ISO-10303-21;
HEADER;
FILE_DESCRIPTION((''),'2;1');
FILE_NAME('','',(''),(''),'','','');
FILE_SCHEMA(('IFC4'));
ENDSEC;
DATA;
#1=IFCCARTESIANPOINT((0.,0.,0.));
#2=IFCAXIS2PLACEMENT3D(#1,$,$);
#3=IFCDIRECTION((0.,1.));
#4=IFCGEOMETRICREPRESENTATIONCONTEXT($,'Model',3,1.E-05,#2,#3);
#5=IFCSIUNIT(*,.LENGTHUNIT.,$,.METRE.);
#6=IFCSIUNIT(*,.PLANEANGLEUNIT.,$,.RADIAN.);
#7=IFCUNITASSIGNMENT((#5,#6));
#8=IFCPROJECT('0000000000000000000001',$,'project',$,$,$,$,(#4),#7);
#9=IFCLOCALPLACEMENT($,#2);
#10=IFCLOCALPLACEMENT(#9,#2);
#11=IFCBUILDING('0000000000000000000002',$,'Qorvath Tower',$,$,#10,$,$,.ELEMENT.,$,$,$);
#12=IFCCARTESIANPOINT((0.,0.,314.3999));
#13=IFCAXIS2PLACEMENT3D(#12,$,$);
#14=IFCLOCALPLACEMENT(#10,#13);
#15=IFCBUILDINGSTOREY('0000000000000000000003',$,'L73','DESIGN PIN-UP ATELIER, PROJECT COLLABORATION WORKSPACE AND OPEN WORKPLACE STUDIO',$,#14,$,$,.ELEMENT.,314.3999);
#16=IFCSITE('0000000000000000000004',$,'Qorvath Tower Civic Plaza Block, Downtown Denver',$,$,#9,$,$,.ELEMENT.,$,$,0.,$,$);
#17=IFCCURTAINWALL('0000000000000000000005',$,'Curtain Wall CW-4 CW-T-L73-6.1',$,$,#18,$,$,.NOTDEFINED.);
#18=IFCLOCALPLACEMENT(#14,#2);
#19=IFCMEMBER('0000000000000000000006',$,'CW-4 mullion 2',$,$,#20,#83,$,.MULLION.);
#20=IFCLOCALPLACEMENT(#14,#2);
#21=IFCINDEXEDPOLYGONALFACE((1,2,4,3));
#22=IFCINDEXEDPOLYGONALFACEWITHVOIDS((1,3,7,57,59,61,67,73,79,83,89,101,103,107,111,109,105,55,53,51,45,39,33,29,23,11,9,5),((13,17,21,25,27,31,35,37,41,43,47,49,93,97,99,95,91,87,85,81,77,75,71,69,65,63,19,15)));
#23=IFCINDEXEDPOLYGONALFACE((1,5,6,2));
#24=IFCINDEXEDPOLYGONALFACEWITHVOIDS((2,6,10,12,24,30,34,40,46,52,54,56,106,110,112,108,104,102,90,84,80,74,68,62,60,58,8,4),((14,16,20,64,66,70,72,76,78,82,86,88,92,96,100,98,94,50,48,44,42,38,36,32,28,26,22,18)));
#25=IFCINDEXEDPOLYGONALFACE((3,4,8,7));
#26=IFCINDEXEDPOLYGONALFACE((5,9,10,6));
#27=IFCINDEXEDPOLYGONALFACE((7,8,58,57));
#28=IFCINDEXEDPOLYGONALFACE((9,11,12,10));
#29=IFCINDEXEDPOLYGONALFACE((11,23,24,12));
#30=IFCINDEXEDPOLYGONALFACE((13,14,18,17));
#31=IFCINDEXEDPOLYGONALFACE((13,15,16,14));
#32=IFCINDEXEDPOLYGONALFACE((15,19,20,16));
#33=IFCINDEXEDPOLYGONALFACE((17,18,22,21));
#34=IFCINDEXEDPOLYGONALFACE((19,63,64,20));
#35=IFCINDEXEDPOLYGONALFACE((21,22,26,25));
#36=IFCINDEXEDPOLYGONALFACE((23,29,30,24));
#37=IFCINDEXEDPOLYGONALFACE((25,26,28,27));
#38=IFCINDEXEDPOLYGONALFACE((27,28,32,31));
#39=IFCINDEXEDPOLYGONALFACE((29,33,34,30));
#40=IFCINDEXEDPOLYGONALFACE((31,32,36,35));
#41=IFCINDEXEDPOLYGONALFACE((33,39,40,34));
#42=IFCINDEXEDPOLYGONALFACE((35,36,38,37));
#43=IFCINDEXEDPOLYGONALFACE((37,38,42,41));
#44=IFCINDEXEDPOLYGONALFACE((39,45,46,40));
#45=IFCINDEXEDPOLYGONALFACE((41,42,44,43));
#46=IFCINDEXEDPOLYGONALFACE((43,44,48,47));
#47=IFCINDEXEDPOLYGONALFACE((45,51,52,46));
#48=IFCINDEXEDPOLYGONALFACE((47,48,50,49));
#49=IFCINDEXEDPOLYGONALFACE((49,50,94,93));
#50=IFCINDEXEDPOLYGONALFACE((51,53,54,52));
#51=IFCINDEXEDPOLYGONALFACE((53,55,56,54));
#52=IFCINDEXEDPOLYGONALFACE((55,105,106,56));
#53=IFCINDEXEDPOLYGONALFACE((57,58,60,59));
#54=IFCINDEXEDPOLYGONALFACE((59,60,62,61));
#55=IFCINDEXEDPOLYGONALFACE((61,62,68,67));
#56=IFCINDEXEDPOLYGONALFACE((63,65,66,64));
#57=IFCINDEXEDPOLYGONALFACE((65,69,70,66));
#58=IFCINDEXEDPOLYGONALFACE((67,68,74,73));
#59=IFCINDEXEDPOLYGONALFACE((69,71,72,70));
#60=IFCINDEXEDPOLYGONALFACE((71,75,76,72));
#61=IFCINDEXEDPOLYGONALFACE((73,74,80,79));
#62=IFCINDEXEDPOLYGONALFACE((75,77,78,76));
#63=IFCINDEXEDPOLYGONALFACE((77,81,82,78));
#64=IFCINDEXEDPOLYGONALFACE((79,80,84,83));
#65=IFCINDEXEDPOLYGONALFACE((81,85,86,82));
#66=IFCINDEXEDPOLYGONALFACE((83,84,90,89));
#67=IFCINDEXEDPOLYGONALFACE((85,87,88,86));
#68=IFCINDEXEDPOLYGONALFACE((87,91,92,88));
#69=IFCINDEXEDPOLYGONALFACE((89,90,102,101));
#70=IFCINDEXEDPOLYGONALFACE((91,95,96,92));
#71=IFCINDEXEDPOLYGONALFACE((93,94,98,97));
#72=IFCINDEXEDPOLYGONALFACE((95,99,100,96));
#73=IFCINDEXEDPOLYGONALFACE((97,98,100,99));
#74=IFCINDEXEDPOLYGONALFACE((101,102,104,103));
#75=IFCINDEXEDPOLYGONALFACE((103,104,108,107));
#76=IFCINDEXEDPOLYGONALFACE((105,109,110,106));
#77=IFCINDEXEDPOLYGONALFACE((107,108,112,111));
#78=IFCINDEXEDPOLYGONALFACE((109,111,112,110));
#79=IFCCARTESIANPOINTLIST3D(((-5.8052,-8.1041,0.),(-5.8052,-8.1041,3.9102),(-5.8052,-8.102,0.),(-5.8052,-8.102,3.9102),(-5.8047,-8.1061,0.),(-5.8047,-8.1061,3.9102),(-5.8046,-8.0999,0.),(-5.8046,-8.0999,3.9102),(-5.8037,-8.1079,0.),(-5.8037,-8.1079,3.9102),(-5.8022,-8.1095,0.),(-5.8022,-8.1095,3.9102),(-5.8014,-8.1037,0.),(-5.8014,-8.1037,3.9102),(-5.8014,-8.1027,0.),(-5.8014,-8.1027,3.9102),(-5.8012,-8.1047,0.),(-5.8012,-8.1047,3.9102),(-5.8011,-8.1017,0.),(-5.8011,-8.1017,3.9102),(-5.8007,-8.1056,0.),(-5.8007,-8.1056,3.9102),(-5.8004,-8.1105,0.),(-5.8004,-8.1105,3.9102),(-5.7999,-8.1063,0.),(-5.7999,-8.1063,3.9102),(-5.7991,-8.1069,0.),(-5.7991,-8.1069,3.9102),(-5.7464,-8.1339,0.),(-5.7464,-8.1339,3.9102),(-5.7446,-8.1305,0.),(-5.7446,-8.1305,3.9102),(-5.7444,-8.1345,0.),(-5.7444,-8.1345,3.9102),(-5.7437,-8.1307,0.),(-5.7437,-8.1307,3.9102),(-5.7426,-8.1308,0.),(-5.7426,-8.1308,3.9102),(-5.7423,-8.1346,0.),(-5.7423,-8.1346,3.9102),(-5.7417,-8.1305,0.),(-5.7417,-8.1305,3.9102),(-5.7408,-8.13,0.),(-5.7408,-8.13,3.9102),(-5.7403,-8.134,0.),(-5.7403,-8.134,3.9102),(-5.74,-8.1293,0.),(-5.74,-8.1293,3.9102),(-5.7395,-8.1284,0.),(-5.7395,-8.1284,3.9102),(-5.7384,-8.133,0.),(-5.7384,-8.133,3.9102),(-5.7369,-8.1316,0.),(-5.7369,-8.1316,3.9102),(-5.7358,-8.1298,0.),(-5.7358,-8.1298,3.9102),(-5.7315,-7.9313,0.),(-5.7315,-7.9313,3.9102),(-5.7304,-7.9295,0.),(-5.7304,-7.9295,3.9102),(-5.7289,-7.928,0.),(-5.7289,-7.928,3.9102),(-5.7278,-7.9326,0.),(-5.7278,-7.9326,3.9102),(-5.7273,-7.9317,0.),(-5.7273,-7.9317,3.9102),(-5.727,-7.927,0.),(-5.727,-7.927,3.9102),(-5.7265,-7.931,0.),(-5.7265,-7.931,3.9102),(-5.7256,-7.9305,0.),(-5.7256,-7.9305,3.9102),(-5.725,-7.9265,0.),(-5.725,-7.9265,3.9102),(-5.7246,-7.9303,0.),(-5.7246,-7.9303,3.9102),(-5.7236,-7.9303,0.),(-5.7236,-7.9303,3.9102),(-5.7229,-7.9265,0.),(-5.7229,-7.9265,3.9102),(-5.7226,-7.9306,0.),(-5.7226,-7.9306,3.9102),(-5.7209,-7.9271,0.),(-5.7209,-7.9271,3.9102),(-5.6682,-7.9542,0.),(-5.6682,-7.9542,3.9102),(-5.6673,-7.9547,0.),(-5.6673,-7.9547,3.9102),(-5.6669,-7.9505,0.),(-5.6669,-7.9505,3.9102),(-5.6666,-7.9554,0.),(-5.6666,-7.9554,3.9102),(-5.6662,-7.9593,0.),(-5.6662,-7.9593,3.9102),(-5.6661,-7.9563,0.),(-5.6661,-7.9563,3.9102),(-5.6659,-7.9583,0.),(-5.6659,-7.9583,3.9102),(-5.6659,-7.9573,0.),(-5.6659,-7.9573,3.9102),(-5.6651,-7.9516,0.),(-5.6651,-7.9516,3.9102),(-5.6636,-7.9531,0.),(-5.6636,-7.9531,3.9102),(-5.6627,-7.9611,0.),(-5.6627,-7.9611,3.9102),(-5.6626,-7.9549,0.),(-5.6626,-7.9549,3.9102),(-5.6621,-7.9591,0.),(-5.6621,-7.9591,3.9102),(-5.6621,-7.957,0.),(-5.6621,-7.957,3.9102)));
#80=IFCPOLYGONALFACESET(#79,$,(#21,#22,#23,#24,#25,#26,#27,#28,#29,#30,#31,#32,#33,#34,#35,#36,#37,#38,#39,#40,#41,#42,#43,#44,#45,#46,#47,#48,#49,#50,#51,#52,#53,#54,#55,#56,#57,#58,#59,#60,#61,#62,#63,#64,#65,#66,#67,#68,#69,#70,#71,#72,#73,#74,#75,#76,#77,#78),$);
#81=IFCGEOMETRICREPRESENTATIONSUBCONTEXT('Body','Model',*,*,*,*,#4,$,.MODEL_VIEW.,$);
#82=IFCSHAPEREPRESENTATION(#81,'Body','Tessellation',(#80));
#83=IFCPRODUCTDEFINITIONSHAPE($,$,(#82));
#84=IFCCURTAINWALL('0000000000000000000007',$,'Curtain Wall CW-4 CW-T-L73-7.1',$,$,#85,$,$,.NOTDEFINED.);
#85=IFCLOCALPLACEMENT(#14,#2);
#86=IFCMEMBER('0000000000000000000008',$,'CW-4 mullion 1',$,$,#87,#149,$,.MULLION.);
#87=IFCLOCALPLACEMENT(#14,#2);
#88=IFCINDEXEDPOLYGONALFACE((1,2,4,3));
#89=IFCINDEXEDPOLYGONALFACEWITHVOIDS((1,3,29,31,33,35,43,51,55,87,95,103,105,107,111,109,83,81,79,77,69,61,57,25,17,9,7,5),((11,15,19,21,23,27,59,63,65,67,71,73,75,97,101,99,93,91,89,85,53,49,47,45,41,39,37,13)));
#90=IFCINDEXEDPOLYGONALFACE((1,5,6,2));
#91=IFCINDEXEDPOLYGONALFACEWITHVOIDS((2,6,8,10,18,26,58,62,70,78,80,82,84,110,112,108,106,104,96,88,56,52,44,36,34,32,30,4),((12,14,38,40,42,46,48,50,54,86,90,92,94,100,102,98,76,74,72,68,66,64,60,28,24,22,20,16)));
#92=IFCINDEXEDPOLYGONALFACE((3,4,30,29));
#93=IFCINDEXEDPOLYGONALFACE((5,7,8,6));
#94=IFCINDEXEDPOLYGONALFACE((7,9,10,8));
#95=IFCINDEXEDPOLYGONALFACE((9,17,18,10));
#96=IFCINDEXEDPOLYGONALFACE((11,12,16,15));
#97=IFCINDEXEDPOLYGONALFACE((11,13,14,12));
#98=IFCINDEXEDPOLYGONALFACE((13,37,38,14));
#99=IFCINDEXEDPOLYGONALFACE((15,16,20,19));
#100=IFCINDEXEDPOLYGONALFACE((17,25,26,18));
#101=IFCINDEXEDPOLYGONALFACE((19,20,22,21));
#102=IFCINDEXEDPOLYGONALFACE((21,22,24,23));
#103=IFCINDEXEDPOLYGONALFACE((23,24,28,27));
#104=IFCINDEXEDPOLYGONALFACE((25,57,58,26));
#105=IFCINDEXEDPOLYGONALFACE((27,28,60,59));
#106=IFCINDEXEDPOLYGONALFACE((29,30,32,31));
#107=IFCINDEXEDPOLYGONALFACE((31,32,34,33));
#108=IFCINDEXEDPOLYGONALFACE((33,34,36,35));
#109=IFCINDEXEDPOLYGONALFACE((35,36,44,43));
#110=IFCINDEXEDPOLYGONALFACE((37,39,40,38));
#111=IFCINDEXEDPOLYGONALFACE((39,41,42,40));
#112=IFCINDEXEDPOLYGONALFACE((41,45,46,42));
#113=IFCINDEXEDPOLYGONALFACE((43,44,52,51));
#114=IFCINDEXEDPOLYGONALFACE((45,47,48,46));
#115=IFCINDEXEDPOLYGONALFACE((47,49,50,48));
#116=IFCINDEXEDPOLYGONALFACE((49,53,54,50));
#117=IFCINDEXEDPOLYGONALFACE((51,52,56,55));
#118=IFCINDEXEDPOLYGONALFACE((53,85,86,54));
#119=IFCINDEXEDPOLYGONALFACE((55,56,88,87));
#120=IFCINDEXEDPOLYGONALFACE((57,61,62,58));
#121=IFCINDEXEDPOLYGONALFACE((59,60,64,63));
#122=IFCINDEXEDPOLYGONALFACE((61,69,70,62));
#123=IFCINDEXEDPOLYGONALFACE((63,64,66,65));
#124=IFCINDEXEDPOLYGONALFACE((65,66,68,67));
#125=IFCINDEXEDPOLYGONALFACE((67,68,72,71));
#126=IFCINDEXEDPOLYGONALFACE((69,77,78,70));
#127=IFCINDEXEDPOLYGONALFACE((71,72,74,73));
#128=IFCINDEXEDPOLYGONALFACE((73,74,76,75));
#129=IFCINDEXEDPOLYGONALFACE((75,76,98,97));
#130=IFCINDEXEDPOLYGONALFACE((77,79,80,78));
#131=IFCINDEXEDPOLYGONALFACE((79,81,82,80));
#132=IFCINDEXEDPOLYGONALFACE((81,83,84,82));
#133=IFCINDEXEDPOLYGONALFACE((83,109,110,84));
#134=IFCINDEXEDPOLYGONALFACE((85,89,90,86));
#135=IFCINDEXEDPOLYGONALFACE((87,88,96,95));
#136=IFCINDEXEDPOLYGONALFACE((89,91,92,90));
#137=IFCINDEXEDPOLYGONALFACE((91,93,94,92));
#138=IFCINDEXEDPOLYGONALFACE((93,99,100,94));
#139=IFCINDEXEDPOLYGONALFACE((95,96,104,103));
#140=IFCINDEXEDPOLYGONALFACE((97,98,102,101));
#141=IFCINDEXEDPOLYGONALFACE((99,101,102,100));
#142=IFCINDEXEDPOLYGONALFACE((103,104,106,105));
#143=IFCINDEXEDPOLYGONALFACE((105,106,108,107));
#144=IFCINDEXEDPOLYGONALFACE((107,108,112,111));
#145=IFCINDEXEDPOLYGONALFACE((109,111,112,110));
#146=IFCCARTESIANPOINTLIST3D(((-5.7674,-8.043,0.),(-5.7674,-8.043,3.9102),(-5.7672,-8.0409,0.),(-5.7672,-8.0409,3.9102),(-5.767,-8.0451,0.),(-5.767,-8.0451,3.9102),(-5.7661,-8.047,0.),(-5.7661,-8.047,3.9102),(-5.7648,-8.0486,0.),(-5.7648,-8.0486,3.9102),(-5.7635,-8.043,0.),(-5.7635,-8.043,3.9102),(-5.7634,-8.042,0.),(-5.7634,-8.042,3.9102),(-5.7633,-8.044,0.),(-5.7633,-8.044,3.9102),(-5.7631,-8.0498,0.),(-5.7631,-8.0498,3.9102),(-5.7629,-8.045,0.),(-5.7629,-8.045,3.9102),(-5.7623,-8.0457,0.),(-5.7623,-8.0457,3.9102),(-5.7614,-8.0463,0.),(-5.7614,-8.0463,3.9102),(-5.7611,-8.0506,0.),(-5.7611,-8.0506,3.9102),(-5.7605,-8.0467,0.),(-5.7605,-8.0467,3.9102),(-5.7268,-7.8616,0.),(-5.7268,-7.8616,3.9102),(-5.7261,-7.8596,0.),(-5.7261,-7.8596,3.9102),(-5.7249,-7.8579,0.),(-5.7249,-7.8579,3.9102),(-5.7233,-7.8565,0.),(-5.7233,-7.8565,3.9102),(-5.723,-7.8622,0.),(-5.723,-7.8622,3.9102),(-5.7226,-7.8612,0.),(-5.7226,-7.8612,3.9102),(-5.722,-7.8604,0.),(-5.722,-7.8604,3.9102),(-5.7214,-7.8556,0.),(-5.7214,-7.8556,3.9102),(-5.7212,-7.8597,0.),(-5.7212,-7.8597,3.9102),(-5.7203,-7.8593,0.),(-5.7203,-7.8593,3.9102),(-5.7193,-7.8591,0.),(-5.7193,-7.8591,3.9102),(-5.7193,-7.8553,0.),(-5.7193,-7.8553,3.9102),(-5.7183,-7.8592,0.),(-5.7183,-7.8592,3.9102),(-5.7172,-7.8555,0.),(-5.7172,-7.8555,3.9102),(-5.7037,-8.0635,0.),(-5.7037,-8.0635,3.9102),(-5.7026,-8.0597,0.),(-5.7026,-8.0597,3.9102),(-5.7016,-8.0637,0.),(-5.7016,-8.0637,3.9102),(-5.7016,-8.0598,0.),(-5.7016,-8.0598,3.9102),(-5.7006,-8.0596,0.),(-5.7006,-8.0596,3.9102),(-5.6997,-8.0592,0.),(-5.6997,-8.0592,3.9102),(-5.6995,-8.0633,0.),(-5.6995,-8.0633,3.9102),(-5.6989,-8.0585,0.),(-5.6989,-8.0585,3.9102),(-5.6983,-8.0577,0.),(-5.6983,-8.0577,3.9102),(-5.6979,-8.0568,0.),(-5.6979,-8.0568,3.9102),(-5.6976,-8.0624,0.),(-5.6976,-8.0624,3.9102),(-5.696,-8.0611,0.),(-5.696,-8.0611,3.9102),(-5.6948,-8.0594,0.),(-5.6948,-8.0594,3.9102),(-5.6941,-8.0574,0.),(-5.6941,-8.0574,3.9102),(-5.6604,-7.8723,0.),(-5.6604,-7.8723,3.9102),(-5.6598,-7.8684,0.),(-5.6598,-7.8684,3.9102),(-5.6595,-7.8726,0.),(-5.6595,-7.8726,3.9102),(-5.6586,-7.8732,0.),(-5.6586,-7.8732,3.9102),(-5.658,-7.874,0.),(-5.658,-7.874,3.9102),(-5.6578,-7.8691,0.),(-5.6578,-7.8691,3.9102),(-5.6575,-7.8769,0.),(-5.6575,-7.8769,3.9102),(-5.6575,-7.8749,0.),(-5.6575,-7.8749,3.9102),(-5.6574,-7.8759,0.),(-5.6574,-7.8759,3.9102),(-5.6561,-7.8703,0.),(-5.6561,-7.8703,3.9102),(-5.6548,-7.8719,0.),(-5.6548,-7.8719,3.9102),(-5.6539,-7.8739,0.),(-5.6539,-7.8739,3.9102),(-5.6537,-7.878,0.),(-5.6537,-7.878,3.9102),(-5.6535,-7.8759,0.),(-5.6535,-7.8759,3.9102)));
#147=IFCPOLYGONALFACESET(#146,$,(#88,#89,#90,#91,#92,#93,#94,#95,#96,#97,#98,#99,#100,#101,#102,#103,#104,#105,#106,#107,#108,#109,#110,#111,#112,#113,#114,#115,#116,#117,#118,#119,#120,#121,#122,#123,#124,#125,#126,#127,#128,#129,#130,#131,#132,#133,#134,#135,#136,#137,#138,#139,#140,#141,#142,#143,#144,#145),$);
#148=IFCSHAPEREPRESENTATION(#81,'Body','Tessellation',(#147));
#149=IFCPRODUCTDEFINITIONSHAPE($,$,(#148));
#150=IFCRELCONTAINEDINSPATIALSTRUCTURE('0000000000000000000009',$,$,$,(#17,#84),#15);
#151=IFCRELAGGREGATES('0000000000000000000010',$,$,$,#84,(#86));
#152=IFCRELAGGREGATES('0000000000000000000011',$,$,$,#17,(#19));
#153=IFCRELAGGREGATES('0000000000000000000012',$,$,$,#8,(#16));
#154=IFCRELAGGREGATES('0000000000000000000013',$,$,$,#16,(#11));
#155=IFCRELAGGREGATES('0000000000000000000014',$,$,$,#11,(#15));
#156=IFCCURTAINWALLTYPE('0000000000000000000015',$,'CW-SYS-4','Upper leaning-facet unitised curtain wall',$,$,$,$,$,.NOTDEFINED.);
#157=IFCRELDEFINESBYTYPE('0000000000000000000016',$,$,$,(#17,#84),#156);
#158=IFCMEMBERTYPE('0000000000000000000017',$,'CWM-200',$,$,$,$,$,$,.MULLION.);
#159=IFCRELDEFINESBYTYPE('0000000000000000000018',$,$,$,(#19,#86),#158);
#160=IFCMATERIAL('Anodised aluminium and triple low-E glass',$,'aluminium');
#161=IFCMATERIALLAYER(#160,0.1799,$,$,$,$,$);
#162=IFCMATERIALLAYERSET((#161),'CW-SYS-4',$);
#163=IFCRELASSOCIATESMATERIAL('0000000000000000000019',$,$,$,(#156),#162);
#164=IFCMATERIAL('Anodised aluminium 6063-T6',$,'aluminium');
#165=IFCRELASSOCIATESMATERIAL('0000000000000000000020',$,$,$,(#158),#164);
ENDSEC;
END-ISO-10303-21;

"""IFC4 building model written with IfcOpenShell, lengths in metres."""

from ifc_helpers import new_model, si_unit, direction, frame, origin, origin_2d, place, context, subcontext, project, spatial, hollow_rectangle, extrude, material, layer, layer_set, material_profile, profile_set, type_object, element, aggregate, save


model = new_model("IFC4")

# Units and contexts
model_context = context("Model", 3, precision=1e-05, world=origin(), true_north=direction((0.0, 1.0)))
body_context = subcontext(model_context, "Body", "Model", "MODEL_VIEW")
ifc_project = project(units=[si_unit("LENGTHUNIT", "METRE"), si_unit("PLANEANGLEUNIT", "RADIAN")], contexts=[model_context])

# Site, building, storey
site_placement = place(None, origin())
site = spatial("IfcSite", under=ifc_project, at=site_placement, Name="Qorvath Tower Civic Plaza Block, Downtown Denver", CompositionType="ELEMENT", RefElevation=0.0)
building_placement = place(site_placement, origin())
building = spatial("IfcBuilding", under=site, at=building_placement, Name="Qorvath Tower", CompositionType="ELEMENT")
storey_placement = place(building_placement, frame((0.0, 0.0, 314.3999)))
storey = spatial("IfcBuildingStorey", under=building, at=storey_placement, Name="L73", Description="DESIGN PIN-UP ATELIER, PROJECT COLLABORATION WORKSPACE AND OPEN WORKPLACE STUDIO", CompositionType="ELEMENT", Elevation=314.3999)

# Shared definitions
ifc_material_1 = material(Name="Anodised aluminium and triple low-E glass", Category="aluminium")
ifc_layer_1 = layer(ifc_material_1, 0.1799)
ifc_layer_set_1 = layer_set([ifc_layer_1], Name="CW-SYS-4")
curtain_wall_type = type_object("IfcCurtainWallType", Name="CW-SYS-4", Description="Upper leaning-facet unitised curtain wall", PredefinedType="NOTDEFINED", material=ifc_layer_set_1)
ifc_material_2 = material(Name="Anodised aluminium 6063-T6", Category="aluminium")
ifc_material_profile_1 = material_profile(ifc_material_2, hollow_rectangle(XDim=0.075, YDim=0.2, WallThickness=0.0039, InnerFilletRadius=0.0039, OuterFilletRadius=0.0081, at=origin_2d()), Name="CWM 200x75")
ifc_profile_set_1 = profile_set([ifc_material_profile_1], Name="Anodised aluminium 6063-T6")
member_type_1 = type_object("IfcMemberType", Name="CWM-200", PredefinedType="MULLION", material=ifc_profile_set_1)

# Curtain wall, member
curtain_wall_1_placement = place(storey_placement, origin())
curtain_wall_1 = element("IfcCurtainWall", 1, at=curtain_wall_1_placement, inside=storey, type_object=curtain_wall_type, Name="Curtain Wall CW-4 CW-T-L73-6.1", PredefinedType="NOTDEFINED")
member_1_placement = place(storey_placement, frame((-5.7336, -8.0305, 0.0), z_axis=(0.0, 0.0, 1.0), x_axis=(-0.917479, 0.397784, 0.0)))
member_1 = element("IfcMember", 2, at=member_1_placement, type_object=member_type_1, Name="CW-4 mullion 2", PredefinedType="MULLION", context=body_context, shape_type="SweptSolid", body=[
    extrude(hollow_rectangle(XDim=0.075, YDim=0.2, WallThickness=0.0039, InnerFilletRadius=0.0039, OuterFilletRadius=0.0081, at=origin_2d()), origin(), (0.0, 0.0, 1.0), 3.9102),
])

# Curtain wall, member
curtain_wall_2_placement = place(storey_placement, origin())
curtain_wall_2 = element("IfcCurtainWall", 3, at=curtain_wall_2_placement, inside=storey, type_object=curtain_wall_type, Name="Curtain Wall CW-4 CW-T-L73-7.1", PredefinedType="NOTDEFINED")
member_2_placement = place(storey_placement, frame((-5.7104, -7.9595, 0.0), z_axis=(0.0, 0.0, 1.0), x_axis=(-0.975611, 0.219509, 0.0)))
member_2 = element("IfcMember", 4, at=member_2_placement, type_object=member_type_1, Name="CW-4 mullion 1", PredefinedType="MULLION", context=body_context, shape_type="SweptSolid", body=[
    extrude(hollow_rectangle(XDim=0.075, YDim=0.2, WallThickness=0.0039, InnerFilletRadius=0.0039, OuterFilletRadius=0.0081, at=origin_2d()), origin(), (0.0, 0.0, 1.0), 3.9102),
])

aggregate(curtain_wall_2, [member_2])

aggregate(curtain_wall_1, [member_1])

save(model, "model.ifc")
